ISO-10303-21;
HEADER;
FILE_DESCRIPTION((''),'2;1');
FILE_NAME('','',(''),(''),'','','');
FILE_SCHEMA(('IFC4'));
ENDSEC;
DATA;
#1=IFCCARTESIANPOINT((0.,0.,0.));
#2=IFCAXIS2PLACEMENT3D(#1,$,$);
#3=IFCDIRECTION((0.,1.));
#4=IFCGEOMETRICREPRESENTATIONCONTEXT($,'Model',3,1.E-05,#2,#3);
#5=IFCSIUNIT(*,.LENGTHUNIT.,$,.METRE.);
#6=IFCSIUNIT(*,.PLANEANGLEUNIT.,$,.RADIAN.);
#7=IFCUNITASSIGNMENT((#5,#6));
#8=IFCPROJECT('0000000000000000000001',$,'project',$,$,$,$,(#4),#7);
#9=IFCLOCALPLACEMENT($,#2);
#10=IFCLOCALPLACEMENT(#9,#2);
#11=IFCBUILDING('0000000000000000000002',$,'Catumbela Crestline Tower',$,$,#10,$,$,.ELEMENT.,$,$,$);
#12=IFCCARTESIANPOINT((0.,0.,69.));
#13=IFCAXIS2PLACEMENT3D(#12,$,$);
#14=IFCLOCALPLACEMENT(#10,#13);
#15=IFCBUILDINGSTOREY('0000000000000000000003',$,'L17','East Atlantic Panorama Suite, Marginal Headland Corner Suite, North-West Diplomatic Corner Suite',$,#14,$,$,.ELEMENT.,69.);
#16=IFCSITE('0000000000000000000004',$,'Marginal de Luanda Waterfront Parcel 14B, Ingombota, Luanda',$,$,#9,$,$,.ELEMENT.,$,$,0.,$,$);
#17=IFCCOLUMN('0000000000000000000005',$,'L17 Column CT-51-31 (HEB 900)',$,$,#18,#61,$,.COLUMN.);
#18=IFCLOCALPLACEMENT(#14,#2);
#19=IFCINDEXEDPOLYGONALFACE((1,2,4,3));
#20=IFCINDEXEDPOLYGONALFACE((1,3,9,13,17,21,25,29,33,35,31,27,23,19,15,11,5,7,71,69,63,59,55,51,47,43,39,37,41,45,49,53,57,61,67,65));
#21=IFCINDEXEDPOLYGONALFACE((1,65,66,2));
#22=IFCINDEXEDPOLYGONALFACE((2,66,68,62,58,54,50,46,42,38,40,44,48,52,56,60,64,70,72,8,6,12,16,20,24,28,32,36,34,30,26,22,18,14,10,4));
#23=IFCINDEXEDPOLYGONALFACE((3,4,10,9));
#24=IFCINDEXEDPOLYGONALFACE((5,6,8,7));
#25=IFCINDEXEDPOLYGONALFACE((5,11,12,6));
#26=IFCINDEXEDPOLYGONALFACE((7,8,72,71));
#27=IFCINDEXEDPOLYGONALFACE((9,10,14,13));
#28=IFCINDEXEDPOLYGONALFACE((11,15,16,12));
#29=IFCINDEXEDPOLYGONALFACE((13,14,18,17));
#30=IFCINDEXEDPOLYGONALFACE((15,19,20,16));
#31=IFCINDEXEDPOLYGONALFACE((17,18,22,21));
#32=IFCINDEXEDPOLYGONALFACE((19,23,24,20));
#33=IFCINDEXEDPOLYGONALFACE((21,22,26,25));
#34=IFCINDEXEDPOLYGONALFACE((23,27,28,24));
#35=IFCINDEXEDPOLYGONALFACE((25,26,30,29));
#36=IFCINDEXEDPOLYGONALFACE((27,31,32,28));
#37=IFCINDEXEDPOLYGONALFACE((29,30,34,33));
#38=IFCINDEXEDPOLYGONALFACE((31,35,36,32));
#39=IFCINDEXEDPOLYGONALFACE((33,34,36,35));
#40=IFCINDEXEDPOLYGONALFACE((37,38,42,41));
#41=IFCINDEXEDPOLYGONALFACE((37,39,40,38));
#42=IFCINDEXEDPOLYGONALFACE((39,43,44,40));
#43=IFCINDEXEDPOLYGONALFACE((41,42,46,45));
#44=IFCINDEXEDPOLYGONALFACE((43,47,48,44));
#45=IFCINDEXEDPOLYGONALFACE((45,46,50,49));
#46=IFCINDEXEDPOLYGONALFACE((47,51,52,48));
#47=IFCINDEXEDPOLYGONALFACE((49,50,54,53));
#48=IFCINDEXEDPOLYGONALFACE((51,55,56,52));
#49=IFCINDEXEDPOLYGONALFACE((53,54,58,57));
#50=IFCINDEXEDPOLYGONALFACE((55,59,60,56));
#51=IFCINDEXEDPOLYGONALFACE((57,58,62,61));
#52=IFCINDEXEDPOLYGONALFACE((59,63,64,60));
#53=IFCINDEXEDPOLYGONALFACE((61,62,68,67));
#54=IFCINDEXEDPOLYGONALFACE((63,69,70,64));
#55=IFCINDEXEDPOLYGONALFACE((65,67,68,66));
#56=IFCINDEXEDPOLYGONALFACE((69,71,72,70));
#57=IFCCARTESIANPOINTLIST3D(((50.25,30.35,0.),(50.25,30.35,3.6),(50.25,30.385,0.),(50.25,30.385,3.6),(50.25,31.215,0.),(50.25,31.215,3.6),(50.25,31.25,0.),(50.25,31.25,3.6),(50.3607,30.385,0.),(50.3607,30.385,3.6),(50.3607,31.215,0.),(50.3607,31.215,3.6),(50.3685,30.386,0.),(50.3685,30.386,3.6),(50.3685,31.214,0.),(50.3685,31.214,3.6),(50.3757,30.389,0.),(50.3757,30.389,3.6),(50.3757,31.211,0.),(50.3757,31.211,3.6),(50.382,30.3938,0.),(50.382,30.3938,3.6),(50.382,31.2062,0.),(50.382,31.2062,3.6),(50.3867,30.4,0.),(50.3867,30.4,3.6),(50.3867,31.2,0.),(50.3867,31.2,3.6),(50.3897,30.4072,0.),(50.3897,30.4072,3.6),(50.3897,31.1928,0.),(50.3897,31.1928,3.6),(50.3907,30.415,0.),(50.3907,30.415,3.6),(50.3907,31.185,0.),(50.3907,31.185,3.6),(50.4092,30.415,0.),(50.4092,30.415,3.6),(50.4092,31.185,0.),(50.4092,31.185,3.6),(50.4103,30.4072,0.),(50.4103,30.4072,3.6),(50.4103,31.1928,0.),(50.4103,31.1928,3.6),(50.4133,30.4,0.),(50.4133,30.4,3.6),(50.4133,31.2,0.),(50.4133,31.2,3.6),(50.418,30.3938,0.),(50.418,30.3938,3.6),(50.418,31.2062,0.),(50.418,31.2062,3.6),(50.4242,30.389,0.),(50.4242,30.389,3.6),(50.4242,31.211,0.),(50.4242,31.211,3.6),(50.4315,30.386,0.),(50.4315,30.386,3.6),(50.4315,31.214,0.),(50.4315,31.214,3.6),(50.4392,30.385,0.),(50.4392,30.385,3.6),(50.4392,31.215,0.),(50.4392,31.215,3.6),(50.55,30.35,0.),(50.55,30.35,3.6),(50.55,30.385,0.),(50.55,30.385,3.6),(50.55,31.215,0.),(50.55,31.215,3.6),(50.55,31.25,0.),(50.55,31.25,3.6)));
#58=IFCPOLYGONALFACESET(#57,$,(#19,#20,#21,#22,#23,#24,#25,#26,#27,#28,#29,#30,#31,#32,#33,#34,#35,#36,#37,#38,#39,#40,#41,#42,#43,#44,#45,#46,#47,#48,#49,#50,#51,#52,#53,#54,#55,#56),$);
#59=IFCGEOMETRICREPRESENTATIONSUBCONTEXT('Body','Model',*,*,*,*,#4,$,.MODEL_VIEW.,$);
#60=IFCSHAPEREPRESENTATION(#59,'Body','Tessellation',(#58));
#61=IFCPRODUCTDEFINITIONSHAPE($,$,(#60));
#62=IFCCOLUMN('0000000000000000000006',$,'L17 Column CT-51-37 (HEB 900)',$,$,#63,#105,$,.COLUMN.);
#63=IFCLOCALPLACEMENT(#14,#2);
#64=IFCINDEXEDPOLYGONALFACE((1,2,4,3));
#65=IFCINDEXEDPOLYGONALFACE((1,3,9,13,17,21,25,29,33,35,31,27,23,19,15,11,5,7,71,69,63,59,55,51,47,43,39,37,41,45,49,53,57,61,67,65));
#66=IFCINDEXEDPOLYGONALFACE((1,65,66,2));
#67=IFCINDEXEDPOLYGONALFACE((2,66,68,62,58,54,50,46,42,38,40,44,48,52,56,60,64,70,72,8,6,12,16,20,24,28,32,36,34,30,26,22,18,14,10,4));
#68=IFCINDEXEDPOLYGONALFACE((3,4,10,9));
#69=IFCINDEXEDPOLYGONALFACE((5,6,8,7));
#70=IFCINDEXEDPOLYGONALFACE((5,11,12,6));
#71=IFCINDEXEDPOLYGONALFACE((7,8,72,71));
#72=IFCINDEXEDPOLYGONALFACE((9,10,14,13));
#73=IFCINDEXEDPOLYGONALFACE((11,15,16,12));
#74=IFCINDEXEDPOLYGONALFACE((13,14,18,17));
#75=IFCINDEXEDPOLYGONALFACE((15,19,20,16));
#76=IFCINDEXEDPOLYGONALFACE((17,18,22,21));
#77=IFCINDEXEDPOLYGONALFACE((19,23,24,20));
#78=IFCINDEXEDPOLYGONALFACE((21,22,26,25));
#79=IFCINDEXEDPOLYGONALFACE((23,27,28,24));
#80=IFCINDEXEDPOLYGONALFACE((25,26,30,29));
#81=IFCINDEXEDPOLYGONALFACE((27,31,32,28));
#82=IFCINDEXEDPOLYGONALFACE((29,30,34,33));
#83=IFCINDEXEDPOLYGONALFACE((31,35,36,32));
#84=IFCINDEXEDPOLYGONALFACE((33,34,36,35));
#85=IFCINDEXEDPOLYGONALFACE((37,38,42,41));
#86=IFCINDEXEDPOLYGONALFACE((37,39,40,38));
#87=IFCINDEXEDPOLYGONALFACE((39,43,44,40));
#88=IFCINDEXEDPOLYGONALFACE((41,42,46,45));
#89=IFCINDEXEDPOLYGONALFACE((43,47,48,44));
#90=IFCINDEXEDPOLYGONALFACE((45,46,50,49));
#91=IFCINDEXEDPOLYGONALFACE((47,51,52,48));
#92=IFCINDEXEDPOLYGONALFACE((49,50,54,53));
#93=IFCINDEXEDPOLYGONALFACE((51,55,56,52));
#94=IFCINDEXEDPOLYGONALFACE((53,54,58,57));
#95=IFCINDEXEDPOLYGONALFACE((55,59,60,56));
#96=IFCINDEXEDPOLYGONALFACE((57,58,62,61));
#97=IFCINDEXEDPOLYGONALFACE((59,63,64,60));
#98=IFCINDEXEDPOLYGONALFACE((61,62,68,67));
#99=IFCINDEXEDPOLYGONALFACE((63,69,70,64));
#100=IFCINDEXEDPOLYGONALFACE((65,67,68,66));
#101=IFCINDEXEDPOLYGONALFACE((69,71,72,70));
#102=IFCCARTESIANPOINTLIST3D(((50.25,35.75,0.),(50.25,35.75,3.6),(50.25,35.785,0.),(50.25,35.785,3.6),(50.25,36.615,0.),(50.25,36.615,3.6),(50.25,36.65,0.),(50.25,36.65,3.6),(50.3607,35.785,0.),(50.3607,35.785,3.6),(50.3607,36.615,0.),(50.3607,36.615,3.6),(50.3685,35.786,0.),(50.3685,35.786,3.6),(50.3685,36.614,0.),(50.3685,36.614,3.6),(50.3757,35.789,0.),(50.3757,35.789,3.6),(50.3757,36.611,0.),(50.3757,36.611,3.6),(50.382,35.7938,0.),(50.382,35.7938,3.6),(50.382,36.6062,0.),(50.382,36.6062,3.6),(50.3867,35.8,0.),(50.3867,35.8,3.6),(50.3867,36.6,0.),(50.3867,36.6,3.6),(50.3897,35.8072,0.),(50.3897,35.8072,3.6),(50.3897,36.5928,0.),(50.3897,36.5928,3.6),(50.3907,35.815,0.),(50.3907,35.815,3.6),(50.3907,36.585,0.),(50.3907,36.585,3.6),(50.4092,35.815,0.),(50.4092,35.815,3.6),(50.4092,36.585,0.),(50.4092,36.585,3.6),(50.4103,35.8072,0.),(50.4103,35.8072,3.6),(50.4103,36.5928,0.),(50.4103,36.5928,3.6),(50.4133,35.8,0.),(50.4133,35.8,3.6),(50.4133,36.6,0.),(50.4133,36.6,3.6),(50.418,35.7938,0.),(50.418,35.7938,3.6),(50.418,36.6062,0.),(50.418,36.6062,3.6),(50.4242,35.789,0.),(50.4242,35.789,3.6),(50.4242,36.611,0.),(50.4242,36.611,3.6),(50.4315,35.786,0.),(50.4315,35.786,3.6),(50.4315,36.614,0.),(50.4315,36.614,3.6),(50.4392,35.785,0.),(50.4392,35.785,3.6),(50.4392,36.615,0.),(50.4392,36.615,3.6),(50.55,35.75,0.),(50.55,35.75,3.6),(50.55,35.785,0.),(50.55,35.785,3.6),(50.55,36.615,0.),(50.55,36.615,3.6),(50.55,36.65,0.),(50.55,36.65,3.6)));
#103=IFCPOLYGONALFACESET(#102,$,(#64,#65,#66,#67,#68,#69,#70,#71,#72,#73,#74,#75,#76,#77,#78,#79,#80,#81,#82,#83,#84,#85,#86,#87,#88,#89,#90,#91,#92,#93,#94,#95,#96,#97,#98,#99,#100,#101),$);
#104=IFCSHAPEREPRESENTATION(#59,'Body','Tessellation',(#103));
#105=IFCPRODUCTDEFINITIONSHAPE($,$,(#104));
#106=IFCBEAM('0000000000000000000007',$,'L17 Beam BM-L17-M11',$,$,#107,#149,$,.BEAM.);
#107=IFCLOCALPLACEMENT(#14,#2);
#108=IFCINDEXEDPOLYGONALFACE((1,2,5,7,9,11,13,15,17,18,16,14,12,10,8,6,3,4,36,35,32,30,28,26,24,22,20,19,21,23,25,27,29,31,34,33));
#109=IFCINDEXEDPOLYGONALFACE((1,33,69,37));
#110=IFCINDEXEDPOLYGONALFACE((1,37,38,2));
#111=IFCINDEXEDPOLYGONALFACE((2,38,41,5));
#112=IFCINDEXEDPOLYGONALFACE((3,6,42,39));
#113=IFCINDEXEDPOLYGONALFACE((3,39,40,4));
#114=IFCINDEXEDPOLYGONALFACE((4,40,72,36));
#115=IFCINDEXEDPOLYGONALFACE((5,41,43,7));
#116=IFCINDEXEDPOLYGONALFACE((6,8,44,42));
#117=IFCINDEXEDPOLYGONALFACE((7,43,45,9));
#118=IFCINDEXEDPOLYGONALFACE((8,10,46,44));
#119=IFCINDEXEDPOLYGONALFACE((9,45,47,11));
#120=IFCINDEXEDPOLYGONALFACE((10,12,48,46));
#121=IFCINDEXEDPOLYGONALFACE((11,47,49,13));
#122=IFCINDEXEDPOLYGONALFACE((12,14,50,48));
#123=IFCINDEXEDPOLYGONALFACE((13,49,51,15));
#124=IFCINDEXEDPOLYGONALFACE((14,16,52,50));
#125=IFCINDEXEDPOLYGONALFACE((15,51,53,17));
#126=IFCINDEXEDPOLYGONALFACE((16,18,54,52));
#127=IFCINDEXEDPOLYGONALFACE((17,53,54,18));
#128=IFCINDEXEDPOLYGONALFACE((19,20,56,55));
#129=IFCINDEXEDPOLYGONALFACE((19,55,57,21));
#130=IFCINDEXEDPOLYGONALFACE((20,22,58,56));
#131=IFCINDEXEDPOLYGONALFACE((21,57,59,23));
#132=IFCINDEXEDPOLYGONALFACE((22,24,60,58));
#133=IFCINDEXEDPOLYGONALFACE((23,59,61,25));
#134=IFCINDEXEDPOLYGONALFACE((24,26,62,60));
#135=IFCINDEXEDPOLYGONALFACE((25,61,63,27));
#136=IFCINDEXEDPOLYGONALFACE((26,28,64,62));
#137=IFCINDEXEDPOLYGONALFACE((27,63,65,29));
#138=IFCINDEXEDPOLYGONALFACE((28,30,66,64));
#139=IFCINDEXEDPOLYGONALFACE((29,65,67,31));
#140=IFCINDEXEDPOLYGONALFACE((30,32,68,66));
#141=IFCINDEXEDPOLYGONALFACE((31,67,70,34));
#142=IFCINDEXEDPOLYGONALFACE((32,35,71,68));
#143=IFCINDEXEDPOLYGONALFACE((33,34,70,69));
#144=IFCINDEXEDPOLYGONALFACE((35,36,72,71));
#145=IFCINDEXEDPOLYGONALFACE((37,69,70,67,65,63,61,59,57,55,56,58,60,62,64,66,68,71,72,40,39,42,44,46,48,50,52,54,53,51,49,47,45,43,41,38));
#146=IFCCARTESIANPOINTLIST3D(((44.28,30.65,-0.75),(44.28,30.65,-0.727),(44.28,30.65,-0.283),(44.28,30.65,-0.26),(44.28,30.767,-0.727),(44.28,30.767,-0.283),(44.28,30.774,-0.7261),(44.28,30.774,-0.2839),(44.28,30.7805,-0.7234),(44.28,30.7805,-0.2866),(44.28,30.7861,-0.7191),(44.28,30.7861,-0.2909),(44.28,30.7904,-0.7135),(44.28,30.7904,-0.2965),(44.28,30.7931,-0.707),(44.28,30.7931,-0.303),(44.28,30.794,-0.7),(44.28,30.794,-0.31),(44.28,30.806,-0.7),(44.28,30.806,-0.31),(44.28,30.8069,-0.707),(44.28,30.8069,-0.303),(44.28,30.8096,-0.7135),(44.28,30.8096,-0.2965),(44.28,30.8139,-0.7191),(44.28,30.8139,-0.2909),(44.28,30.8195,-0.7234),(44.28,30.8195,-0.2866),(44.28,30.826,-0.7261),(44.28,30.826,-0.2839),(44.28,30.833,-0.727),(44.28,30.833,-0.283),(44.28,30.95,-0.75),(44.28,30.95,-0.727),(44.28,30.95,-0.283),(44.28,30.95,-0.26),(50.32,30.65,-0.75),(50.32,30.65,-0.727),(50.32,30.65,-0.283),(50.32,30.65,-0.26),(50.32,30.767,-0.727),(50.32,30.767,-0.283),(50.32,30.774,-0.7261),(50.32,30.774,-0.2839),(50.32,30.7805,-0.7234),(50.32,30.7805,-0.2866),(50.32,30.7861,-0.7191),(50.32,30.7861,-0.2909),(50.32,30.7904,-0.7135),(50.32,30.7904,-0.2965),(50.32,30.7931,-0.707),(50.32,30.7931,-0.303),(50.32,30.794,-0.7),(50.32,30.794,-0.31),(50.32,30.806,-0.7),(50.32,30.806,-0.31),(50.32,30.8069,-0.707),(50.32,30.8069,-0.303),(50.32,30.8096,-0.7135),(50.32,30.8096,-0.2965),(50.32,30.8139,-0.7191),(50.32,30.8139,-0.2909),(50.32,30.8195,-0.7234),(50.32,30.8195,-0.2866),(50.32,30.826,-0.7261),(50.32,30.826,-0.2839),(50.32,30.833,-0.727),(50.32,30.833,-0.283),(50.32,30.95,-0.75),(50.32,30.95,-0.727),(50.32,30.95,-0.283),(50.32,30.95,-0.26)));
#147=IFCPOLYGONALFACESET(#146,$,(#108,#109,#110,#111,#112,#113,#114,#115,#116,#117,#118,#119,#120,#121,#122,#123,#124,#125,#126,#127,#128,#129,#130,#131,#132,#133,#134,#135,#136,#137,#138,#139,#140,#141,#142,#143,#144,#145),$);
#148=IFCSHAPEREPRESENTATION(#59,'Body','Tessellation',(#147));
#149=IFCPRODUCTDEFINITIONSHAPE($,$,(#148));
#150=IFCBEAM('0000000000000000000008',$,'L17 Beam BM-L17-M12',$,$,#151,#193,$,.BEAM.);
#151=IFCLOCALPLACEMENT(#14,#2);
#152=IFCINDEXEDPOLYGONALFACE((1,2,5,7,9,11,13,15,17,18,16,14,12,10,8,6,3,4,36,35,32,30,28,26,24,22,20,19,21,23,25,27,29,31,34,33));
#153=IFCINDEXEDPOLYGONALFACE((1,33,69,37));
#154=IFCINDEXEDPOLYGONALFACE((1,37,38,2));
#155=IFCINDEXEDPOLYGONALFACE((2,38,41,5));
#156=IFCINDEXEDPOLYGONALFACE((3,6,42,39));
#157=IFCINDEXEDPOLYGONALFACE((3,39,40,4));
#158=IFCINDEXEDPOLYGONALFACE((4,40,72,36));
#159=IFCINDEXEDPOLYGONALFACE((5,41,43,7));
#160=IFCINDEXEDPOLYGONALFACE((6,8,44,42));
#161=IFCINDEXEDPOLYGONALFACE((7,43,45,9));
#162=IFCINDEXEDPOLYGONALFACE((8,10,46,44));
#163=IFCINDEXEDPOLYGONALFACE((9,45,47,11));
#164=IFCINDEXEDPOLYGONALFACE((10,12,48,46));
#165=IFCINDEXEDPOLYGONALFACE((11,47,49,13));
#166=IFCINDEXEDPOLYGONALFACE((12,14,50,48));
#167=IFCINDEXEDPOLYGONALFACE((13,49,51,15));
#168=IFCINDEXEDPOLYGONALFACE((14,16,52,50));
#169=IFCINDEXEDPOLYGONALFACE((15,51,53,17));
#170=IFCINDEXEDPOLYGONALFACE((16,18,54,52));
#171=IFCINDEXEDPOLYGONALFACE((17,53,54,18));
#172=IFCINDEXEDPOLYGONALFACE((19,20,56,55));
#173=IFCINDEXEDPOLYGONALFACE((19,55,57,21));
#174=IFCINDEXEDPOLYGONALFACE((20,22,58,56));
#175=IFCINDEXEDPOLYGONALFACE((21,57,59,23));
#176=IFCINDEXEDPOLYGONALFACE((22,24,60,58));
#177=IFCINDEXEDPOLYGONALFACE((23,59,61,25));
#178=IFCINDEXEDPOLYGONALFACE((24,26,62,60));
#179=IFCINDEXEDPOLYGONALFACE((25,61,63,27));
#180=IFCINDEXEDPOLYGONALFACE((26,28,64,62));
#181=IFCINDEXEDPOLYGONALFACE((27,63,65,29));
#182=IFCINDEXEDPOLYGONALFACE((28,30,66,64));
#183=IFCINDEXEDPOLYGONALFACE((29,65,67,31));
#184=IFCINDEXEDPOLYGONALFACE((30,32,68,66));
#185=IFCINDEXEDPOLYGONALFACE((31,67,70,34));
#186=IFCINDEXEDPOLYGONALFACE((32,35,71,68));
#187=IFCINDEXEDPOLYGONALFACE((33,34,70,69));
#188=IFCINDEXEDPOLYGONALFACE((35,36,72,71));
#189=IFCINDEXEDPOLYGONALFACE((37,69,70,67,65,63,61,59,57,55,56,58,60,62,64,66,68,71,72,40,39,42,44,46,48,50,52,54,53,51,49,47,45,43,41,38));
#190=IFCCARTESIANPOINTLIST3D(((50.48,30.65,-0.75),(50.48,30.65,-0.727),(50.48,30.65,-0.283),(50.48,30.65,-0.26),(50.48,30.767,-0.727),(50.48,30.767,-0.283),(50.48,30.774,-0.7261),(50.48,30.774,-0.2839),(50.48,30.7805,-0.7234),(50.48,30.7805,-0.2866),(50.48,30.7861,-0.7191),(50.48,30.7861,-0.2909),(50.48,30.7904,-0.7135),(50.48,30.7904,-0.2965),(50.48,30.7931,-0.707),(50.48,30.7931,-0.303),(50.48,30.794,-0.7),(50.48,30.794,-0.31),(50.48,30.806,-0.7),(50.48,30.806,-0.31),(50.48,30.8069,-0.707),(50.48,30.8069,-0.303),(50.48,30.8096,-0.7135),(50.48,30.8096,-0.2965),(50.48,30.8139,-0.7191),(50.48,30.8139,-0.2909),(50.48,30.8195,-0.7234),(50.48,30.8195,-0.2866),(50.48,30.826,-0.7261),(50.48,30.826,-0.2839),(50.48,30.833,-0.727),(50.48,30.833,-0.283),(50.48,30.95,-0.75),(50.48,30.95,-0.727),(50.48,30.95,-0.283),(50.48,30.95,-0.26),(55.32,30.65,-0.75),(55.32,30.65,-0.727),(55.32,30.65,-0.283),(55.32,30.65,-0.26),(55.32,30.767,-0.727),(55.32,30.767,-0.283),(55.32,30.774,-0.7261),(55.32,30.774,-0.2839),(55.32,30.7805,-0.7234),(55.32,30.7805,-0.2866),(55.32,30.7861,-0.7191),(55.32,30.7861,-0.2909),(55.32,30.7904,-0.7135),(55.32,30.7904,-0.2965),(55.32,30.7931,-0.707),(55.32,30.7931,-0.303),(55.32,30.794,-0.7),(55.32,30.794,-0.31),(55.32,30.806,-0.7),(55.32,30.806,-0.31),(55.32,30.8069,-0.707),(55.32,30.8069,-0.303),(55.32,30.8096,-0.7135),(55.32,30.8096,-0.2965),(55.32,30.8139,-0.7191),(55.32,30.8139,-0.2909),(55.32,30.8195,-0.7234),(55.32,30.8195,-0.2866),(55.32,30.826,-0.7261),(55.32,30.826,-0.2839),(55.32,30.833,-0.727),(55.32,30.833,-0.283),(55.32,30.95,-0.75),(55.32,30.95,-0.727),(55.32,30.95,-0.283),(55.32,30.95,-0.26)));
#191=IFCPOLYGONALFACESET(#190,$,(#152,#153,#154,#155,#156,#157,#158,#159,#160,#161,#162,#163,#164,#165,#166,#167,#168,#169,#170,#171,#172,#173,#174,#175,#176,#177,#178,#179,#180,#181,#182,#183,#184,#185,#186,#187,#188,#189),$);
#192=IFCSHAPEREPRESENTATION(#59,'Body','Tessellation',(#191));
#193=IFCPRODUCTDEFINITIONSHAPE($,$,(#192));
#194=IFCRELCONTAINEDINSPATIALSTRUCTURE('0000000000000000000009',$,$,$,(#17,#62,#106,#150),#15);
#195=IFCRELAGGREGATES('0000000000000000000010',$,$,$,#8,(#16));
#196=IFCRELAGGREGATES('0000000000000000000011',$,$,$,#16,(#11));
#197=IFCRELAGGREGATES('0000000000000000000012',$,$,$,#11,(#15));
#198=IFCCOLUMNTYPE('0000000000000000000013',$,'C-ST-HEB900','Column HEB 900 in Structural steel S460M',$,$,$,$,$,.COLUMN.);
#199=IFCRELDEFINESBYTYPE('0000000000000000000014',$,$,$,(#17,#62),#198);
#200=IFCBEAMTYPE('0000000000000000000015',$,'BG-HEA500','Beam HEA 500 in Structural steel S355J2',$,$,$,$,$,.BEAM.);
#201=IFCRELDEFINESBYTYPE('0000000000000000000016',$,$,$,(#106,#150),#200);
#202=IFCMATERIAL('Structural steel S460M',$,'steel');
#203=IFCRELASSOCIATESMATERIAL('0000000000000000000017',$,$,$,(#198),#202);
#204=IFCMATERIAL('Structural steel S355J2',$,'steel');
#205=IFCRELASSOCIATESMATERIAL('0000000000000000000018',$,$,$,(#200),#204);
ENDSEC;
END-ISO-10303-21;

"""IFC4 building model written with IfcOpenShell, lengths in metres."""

from ifc_helpers import new_model, si_unit, direction, frame, origin, origin_2d, place, context, subcontext, project, spatial, i_section, extrude, material, material_profile, profile_set, type_object, element, save


model = new_model("IFC4")

# Units and contexts
model_context = context("Model", 3, precision=1e-05, world=origin(), true_north=direction((0.0, 1.0)))
body_context = subcontext(model_context, "Body", "Model", "MODEL_VIEW")
ifc_project = project(units=[si_unit("LENGTHUNIT", "METRE"), si_unit("PLANEANGLEUNIT", "RADIAN")], contexts=[model_context])

# Site, building, storey
site_placement = place(None, origin())
site = spatial("IfcSite", under=ifc_project, at=site_placement, Name="Marginal de Luanda Waterfront Parcel 14B, Ingombota, Luanda", CompositionType="ELEMENT", RefElevation=0.0)
building_placement = place(site_placement, origin())
building = spatial("IfcBuilding", under=site, at=building_placement, Name="Catumbela Crestline Tower", CompositionType="ELEMENT")
storey_placement = place(building_placement, frame((0.0, 0.0, 69.0)))
storey = spatial("IfcBuildingStorey", under=building, at=storey_placement, Name="L17", Description="East Atlantic Panorama Suite, Marginal Headland Corner Suite, North-West Diplomatic Corner Suite", CompositionType="ELEMENT", Elevation=69.0)

# Columns
ifc_material_1 = material(Name="Structural steel S460M", Category="steel")
ifc_material_profile_1 = material_profile(ifc_material_1, i_section(OverallWidth=0.3, OverallDepth=0.9, WebThickness=0.0185, FlangeThickness=0.035, FilletRadius=0.03, at=origin_2d()), Name="HEB 900")
ifc_profile_set_1 = profile_set([ifc_material_profile_1], Name="Structural steel S460M")
column_type_1 = type_object("IfcColumnType", Name="C-ST-HEB900", Description="Column HEB 900 in Structural steel S460M", PredefinedType="COLUMN", material=ifc_profile_set_1)
for number, where, z_axis, x_axis, name in (
    (1, (50.4, 30.8, 0.0), (0.0, 0.0, 1.0), (1.0, 0.0, 0.0), "L17 Column CT-51-31 (HEB 900)"),
    (2, (50.4, 36.2, 0.0), (0.0, 0.0, 1.0), (1.0, 0.0, 0.0), "L17 Column CT-51-37 (HEB 900)"),
):
    element("IfcColumn", number, at=place(storey_placement, frame(where, z_axis=z_axis, x_axis=x_axis)), inside=storey, type_object=column_type_1, Name=name, PredefinedType="COLUMN", context=body_context, shape_type="SweptSolid", body=[
        extrude(i_section(OverallWidth=0.3, OverallDepth=0.9, WebThickness=0.0185, FlangeThickness=0.035, FilletRadius=0.03, at=origin_2d()), origin(), (0.0, 0.0, 1.0), 3.6),
    ])

# Beams
ifc_material_2 = material(Name="Structural steel S355J2", Category="steel")
ifc_material_profile_2 = material_profile(ifc_material_2, i_section(OverallWidth=0.3, OverallDepth=0.49, WebThickness=0.012, FlangeThickness=0.023, FilletRadius=0.027, at=origin_2d()), Name="HEA 500")
ifc_profile_set_2 = profile_set([ifc_material_profile_2], Name="Structural steel S355J2")
beam_type_1 = type_object("IfcBeamType", Name="BG-HEA500", Description="Beam HEA 500 in Structural steel S355J2", PredefinedType="BEAM", material=ifc_profile_set_2)
beam_1_placement = place(storey_placement, frame((44.28, 30.8, -0.505), z_axis=(1.0, 0.0, 0.0), x_axis=(0.0, 1.0, 0.0)))
element("IfcBeam", 3, at=beam_1_placement, inside=storey, type_object=beam_type_1, Name="L17 Beam BM-L17-M11", PredefinedType="BEAM", context=body_context, shape_type="SweptSolid", body=[
    extrude(i_section(OverallWidth=0.3, OverallDepth=0.49, WebThickness=0.012, FlangeThickness=0.023, FilletRadius=0.027, at=origin_2d()), origin(), (0.0, 0.0, 1.0), 6.04),
])
beam_2_placement = place(storey_placement, frame((50.48, 30.8, -0.505), z_axis=(1.0, 0.0, 0.0), x_axis=(0.0, 1.0, 0.0)))
element("IfcBeam", 4, at=beam_2_placement, inside=storey, type_object=beam_type_1, Name="L17 Beam BM-L17-M12", PredefinedType="BEAM", context=body_context, shape_type="SweptSolid", body=[
    extrude(i_section(OverallWidth=0.3, OverallDepth=0.49, WebThickness=0.012, FlangeThickness=0.023, FilletRadius=0.027, at=origin_2d()), origin(), (0.0, 0.0, 1.0), 4.84),
])

save(model, "model.ifc")
